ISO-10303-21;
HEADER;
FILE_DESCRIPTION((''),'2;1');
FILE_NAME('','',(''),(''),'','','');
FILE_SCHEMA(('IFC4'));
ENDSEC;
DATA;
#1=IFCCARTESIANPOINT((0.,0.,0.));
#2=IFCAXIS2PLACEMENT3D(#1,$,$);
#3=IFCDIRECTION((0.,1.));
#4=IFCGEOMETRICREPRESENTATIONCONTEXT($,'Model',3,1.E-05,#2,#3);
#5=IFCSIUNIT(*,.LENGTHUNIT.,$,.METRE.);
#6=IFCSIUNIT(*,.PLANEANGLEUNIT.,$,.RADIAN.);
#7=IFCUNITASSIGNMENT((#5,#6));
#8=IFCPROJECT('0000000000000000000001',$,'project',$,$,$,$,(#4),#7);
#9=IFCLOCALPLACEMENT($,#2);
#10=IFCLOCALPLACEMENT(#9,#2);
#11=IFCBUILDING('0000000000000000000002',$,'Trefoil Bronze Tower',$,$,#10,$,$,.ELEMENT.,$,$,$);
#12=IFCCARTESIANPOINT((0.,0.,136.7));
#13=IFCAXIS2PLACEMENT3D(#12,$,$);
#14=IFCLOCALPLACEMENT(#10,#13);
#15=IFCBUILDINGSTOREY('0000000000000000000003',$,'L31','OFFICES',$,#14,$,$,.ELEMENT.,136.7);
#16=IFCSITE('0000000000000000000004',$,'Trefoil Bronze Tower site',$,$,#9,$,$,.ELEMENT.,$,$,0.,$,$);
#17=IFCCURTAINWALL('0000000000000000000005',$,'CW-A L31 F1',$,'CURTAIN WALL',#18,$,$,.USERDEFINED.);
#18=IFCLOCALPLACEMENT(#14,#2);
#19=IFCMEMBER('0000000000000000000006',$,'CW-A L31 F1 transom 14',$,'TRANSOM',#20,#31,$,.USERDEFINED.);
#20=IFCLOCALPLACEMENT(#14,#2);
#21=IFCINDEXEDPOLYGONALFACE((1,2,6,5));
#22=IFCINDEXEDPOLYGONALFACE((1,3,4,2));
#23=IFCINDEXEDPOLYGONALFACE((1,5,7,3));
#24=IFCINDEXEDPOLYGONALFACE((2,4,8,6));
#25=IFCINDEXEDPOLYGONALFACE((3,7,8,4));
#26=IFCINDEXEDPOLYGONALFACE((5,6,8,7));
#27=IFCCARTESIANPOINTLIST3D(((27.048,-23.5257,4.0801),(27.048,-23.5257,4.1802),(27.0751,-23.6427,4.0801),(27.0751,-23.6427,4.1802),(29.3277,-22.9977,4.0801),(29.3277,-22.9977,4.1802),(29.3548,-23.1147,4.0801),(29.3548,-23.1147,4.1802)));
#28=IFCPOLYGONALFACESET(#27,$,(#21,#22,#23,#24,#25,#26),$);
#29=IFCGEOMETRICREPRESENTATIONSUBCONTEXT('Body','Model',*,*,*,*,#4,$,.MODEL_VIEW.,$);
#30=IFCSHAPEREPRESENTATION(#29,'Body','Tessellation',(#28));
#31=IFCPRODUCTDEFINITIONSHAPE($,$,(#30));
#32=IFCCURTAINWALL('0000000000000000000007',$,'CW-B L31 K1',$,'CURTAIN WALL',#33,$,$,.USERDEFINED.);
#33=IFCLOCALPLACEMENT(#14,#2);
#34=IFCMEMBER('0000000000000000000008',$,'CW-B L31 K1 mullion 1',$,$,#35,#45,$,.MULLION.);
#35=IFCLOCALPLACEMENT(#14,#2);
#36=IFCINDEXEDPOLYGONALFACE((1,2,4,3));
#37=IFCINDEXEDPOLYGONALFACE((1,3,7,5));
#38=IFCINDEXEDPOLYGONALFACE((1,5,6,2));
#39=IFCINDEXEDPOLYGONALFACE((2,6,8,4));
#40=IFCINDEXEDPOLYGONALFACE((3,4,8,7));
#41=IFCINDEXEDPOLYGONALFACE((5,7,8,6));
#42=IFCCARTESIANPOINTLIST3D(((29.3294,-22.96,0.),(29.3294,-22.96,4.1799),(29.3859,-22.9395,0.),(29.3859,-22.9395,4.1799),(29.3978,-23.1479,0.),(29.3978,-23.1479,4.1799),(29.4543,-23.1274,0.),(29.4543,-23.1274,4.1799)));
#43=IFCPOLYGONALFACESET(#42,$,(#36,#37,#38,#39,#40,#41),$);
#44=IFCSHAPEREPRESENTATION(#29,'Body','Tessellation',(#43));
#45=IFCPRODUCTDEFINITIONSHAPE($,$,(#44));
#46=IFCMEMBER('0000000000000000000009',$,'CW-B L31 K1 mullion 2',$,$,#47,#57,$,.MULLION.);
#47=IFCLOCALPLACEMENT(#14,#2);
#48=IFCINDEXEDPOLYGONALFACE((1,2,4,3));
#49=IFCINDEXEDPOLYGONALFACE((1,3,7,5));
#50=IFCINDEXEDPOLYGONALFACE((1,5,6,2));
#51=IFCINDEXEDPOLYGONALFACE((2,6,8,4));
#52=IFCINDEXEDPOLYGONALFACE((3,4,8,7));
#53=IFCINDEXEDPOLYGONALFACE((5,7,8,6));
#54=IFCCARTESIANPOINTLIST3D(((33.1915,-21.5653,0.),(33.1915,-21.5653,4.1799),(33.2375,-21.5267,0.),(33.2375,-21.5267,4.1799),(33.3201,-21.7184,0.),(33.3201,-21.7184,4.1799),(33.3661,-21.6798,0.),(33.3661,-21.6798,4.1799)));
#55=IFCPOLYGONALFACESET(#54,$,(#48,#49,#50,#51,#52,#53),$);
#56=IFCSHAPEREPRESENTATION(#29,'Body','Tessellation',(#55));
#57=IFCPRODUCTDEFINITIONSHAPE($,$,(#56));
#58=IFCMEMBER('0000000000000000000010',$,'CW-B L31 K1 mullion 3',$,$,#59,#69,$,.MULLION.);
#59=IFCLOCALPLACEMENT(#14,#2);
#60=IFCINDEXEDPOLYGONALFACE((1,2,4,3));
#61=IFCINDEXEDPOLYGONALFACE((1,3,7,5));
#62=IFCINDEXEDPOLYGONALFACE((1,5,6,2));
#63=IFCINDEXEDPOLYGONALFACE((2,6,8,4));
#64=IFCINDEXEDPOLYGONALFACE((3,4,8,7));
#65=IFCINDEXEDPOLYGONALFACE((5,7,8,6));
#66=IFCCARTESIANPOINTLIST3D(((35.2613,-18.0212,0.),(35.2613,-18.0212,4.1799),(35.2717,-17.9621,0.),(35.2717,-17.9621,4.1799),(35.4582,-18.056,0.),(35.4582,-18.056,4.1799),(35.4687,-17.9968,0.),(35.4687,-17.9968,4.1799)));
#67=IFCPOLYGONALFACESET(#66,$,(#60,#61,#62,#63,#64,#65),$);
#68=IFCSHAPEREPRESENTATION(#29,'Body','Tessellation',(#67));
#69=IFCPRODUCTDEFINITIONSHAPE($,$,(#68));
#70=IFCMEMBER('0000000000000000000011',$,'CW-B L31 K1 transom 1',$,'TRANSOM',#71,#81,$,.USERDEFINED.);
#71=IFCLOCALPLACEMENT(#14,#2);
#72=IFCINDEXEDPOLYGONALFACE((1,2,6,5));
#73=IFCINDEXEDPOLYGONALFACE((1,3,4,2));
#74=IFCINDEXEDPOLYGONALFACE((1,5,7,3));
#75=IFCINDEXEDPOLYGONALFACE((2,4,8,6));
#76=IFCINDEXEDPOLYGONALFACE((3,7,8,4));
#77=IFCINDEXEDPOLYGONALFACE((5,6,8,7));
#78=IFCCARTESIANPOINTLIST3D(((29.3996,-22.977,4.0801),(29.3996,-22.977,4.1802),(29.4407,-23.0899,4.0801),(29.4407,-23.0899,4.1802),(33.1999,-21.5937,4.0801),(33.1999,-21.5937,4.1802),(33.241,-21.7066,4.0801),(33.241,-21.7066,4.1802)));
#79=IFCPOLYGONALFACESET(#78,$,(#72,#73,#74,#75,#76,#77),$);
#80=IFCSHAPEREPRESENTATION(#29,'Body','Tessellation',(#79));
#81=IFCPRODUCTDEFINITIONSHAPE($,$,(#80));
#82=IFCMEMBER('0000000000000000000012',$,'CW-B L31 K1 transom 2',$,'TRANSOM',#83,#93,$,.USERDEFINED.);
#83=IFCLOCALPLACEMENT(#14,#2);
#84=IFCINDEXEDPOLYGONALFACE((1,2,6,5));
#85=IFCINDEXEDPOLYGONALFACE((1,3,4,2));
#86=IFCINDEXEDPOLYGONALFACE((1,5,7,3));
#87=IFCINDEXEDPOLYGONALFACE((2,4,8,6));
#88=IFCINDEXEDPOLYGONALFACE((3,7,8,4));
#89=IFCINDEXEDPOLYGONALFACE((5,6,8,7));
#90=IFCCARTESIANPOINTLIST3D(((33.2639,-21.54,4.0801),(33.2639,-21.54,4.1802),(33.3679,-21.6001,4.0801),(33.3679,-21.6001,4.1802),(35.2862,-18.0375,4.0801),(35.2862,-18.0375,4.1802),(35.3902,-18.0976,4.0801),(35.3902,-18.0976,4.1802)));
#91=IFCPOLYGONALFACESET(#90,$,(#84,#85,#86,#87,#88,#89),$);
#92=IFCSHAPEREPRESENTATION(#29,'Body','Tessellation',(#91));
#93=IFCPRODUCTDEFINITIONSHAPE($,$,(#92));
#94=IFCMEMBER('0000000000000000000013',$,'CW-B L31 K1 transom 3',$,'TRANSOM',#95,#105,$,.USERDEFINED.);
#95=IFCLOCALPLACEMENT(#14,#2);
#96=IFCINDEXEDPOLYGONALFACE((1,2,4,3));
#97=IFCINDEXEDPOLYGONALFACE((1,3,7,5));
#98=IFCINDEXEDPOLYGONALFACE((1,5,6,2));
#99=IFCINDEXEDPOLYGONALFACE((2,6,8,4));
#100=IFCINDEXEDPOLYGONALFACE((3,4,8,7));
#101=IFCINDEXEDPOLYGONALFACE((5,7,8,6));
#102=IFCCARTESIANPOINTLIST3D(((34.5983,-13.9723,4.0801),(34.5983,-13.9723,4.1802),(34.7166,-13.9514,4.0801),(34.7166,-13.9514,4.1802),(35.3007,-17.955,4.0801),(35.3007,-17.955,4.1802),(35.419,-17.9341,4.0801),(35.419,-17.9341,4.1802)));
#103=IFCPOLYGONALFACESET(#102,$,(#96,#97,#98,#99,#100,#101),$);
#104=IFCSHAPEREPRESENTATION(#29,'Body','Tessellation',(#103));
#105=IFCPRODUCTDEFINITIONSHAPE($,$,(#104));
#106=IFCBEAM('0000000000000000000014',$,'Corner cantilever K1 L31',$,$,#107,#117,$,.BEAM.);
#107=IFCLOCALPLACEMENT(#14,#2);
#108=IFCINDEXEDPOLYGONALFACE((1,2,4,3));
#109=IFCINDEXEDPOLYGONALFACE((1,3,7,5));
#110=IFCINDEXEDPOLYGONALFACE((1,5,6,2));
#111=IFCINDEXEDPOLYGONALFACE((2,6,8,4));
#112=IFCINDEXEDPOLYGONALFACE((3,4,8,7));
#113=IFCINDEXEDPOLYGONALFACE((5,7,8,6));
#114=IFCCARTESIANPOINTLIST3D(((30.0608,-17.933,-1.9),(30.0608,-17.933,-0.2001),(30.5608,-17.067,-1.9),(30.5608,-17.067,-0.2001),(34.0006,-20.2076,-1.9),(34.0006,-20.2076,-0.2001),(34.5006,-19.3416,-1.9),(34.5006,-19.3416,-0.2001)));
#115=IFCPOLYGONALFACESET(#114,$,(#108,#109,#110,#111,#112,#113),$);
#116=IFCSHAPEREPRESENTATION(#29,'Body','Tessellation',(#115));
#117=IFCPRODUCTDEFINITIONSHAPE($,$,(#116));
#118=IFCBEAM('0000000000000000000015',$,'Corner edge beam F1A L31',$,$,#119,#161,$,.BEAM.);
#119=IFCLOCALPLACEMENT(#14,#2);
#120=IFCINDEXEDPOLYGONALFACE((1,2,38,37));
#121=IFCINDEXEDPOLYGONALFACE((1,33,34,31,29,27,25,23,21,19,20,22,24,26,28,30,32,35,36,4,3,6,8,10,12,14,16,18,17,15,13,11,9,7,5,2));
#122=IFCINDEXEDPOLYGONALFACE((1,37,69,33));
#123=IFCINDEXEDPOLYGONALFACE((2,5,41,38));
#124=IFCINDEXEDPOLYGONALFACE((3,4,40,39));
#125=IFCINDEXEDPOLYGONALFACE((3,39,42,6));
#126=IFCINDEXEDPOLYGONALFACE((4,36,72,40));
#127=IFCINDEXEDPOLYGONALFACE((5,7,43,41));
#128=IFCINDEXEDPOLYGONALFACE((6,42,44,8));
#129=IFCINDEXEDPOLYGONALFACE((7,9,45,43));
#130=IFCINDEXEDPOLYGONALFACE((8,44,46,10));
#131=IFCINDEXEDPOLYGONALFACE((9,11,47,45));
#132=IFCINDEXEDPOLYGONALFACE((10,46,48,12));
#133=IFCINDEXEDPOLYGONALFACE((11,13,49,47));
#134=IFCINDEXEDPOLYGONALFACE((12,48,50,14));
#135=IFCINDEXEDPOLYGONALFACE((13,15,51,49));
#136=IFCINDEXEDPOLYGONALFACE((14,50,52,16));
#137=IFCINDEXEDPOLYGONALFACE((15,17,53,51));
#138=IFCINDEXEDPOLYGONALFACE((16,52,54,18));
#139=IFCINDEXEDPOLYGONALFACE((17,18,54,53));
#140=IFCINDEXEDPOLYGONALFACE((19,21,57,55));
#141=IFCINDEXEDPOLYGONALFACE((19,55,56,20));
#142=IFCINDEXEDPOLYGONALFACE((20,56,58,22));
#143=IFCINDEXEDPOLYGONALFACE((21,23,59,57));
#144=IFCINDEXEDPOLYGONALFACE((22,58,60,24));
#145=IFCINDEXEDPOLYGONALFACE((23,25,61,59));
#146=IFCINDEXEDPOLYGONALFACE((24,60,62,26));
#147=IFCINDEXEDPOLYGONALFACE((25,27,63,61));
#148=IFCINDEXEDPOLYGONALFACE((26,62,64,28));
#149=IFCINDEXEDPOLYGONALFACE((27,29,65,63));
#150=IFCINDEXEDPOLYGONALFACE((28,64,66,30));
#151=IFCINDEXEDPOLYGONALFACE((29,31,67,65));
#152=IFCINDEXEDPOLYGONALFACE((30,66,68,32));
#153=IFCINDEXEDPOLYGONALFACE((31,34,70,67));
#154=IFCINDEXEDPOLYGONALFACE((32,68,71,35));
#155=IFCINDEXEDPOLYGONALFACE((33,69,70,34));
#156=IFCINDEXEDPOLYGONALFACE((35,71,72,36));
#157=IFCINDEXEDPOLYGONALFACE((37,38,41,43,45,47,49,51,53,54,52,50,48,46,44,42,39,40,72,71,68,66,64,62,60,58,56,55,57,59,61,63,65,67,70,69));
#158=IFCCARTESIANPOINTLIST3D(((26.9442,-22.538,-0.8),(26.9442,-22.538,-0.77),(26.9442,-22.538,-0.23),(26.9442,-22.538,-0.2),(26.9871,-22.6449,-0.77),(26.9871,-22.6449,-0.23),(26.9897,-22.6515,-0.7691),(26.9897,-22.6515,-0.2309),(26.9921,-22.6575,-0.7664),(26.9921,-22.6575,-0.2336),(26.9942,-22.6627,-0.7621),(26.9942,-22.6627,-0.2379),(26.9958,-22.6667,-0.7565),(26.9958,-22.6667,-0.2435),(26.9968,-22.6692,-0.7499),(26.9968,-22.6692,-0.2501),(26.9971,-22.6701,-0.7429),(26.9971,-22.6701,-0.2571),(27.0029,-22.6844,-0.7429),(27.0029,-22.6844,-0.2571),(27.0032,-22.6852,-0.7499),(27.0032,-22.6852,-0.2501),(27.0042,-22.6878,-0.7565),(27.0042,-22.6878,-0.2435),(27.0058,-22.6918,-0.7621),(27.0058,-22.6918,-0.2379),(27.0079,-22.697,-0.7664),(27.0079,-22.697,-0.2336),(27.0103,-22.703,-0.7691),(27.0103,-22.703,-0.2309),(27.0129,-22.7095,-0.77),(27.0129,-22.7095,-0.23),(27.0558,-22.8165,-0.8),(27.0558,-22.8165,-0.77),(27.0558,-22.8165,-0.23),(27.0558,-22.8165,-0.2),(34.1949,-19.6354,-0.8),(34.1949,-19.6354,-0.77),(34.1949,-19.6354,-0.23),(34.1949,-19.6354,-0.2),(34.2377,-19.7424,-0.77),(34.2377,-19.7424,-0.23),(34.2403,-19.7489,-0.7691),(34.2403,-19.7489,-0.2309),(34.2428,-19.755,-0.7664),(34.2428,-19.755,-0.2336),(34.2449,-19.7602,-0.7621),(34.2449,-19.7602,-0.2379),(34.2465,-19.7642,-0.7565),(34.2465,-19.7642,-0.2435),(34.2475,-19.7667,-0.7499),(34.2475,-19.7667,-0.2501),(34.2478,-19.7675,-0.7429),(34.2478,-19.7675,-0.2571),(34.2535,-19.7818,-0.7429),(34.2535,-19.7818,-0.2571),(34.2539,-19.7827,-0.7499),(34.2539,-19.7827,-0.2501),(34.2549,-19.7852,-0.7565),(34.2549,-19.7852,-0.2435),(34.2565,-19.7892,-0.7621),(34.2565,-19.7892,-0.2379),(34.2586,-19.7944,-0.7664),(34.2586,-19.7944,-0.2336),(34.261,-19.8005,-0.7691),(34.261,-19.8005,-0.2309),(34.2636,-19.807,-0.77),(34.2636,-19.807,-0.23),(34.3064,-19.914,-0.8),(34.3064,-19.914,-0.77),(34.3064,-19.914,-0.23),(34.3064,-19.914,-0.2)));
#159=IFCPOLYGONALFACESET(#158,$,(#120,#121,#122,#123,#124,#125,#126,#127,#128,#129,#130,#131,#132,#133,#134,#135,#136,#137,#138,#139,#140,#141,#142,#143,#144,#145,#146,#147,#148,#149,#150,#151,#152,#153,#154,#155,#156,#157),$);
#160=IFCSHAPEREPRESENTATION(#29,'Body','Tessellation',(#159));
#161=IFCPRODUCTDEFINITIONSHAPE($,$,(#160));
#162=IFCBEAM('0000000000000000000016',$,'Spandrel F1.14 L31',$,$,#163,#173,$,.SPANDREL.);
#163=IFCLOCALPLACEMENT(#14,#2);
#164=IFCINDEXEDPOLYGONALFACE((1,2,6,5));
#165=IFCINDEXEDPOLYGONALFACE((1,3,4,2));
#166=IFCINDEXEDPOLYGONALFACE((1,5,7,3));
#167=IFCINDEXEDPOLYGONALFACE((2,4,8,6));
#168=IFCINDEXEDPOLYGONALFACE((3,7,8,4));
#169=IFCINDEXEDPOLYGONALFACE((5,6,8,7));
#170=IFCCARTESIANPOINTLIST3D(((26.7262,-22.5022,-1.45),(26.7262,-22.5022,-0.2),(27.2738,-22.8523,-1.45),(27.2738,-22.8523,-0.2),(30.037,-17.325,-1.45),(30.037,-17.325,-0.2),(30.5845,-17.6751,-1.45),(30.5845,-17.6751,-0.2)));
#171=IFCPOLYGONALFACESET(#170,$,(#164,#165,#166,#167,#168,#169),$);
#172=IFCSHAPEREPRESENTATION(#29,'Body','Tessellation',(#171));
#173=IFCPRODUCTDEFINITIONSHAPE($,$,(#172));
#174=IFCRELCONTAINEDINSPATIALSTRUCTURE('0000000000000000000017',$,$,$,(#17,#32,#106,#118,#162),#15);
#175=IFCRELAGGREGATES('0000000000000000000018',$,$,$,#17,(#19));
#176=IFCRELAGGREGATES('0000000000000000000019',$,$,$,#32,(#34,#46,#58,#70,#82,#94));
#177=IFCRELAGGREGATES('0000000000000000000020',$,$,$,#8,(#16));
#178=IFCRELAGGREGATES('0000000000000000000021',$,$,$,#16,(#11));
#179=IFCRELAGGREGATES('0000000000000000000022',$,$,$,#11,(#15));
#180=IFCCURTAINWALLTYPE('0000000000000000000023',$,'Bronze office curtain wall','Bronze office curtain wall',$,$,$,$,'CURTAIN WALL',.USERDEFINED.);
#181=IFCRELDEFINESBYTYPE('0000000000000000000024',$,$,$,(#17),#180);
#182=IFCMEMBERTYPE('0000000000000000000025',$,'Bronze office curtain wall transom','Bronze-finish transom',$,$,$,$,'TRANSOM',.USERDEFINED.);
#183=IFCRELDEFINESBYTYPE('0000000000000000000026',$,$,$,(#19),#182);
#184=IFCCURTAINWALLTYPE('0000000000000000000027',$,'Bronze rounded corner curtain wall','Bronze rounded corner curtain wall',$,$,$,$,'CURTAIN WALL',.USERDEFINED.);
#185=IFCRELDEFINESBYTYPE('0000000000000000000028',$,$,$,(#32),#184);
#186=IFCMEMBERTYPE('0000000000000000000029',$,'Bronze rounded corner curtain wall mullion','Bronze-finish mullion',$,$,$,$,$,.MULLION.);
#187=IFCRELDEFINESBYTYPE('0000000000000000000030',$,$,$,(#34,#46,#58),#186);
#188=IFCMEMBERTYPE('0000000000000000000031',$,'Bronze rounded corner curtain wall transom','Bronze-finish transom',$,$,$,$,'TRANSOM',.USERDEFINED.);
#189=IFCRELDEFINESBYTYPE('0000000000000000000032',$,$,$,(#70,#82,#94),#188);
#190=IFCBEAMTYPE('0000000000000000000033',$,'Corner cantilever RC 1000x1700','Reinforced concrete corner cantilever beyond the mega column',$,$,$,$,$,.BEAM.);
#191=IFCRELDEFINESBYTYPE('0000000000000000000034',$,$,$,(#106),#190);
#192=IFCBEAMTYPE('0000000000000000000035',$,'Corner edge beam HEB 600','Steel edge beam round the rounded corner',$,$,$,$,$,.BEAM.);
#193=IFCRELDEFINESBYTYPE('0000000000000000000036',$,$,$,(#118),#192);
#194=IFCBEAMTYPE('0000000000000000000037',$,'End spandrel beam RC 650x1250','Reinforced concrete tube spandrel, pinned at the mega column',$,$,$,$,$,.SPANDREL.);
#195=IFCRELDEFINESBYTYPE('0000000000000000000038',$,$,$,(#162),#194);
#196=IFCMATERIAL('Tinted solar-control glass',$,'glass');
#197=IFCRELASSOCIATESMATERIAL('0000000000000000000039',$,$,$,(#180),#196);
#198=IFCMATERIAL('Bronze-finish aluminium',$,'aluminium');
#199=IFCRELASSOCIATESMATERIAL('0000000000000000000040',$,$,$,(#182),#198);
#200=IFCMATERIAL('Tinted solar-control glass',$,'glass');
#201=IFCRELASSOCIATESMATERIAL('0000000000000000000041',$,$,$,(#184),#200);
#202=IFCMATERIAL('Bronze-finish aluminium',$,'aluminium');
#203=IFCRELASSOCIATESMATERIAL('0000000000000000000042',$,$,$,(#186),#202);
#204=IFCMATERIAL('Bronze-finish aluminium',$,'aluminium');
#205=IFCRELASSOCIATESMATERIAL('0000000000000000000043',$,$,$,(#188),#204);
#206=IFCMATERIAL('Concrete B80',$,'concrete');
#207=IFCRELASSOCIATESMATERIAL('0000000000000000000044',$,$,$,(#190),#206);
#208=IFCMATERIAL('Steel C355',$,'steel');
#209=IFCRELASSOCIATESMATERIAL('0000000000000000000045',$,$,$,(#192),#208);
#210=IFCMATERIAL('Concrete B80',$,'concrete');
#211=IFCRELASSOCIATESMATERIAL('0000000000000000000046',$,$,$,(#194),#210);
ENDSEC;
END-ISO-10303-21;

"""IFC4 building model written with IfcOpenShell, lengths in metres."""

from ifc_helpers import new_model, si_unit, direction, frame, origin, origin_2d, place, context, subcontext, project, spatial, rectangle, i_section, extrude, material, material_profile, profile_set, type_object, element, aggregate, save


model = new_model("IFC4")

# Units and contexts
model_context = context("Model", 3, precision=1e-05, world=origin(), true_north=direction((0.0, 1.0)))
body_context = subcontext(model_context, "Body", "Model", "MODEL_VIEW")
ifc_project = project(units=[si_unit("LENGTHUNIT", "METRE"), si_unit("PLANEANGLEUNIT", "RADIAN")], contexts=[model_context])

# Site, building, storey
site_placement = place(None, origin())
site = spatial("IfcSite", under=ifc_project, at=site_placement, Name="Trefoil Bronze Tower site", CompositionType="ELEMENT", RefElevation=0.0)
building_placement = place(site_placement, origin())
building = spatial("IfcBuilding", under=site, at=building_placement, Name="Trefoil Bronze Tower", CompositionType="ELEMENT")
storey_placement = place(building_placement, frame((0.0, 0.0, 136.7)))
storey = spatial("IfcBuildingStorey", under=building, at=storey_placement, Name="L31", Description="OFFICES", CompositionType="ELEMENT", Elevation=136.7)

# Curtain walls, members
ifc_material_1 = material(Name="Tinted solar-control glass", Category="glass")
curtain_wall_type_1 = type_object("IfcCurtainWallType", Name="Bronze office curtain wall", Description="Bronze office curtain wall", ElementType="CURTAIN WALL", PredefinedType="USERDEFINED", material=ifc_material_1)
curtain_wall_1_placement = place(storey_placement, origin())
curtain_wall_1 = element("IfcCurtainWall", 1, at=curtain_wall_1_placement, inside=storey, type_object=curtain_wall_type_1, Name="CW-A L31 F1", ObjectType="CURTAIN WALL", PredefinedType="USERDEFINED")
ifc_material_2 = material(Name="Bronze-finish aluminium", Category="aluminium")
ifc_material_profile_1 = material_profile(ifc_material_2, rectangle(XDim=0.1201, YDim=0.1001, at=origin_2d()), Name="CW-A transom")
ifc_profile_set_1 = profile_set([ifc_material_profile_1], Name="Bronze-finish aluminium")
member_type_1 = type_object("IfcMemberType", Name="Bronze office curtain wall transom", Description="Bronze-finish transom", ElementType="TRANSOM", PredefinedType="USERDEFINED", material=ifc_profile_set_1)
member_1_placement = place(storey_placement, frame((27.0615, -23.5842, 4.1301), z_axis=(0.974206, 0.225659, 0.0), x_axis=(-0.225659, 0.974206, 0.0)))
member_1 = element("IfcMember", 2, at=member_1_placement, type_object=member_type_1, Name="CW-A L31 F1 transom 14", ObjectType="TRANSOM", PredefinedType="USERDEFINED", context=body_context, shape_type="SweptSolid", body=[
    extrude(rectangle(XDim=0.1201, YDim=0.1001, at=origin_2d()), origin(), (0.0, 0.0, 1.0), 2.3401),
])
ifc_material_3 = material(Name="Tinted solar-control glass", Category="glass")
curtain_wall_type_2 = type_object("IfcCurtainWallType", Name="Bronze rounded corner curtain wall", Description="Bronze rounded corner curtain wall", ElementType="CURTAIN WALL", PredefinedType="USERDEFINED", material=ifc_material_3)
curtain_wall_2_placement = place(storey_placement, origin())
curtain_wall_2 = element("IfcCurtainWall", 3, at=curtain_wall_2_placement, inside=storey, type_object=curtain_wall_type_2, Name="CW-B L31 K1", ObjectType="CURTAIN WALL", PredefinedType="USERDEFINED")
ifc_material_4 = material(Name="Bronze-finish aluminium", Category="aluminium")
ifc_material_profile_2 = material_profile(ifc_material_4, rectangle(XDim=0.2, YDim=0.0601, at=origin_2d()), Name="CW-B mullion")
ifc_profile_set_2 = profile_set([ifc_material_profile_2], Name="Bronze-finish aluminium")
member_type_2 = type_object("IfcMemberType", Name="Bronze rounded corner curtain wall mullion", Description="Bronze-finish mullion", PredefinedType="MULLION", material=ifc_profile_set_2)
member_2_placement = place(storey_placement, frame((29.3918, -23.0437, 0.0), z_axis=(0.0, 0.0, 1.0), x_axis=(-0.34202, 0.939693, 0.0)))
member_2 = element("IfcMember", 4, at=member_2_placement, type_object=member_type_2, Name="CW-B L31 K1 mullion 1", PredefinedType="MULLION", context=body_context, shape_type="SweptSolid", body=[
    extrude(rectangle(XDim=0.2, YDim=0.0601, at=origin_2d()), origin(), (0.0, 0.0, 1.0), 4.1799),
])
member_3_placement = place(storey_placement, frame((33.2788, -21.6226, 0.0), z_axis=(0.0, 0.0, 1.0), x_axis=(-0.642788, 0.766044, 0.0)))
member_3 = element("IfcMember", 5, at=member_3_placement, type_object=member_type_2, Name="CW-B L31 K1 mullion 2", PredefinedType="MULLION", context=body_context, shape_type="SweptSolid", body=[
    extrude(rectangle(XDim=0.2, YDim=0.0601, at=origin_2d()), origin(), (0.0, 0.0, 1.0), 4.1799),
])
member_4_placement = place(storey_placement, frame((35.365, -18.009, 0.0), z_axis=(0.0, 0.0, 1.0), x_axis=(-0.984808, 0.173648, 0.0)))
member_4 = element("IfcMember", 6, at=member_4_placement, type_object=member_type_2, Name="CW-B L31 K1 mullion 3", PredefinedType="MULLION", context=body_context, shape_type="SweptSolid", body=[
    extrude(rectangle(XDim=0.2, YDim=0.0601, at=origin_2d()), origin(), (0.0, 0.0, 1.0), 4.1799),
])
ifc_material_5 = material(Name="Bronze-finish aluminium", Category="aluminium")
ifc_material_profile_3 = material_profile(ifc_material_5, rectangle(XDim=0.1201, YDim=0.1001, at=origin_2d()), Name="CW-B transom")
ifc_profile_set_3 = profile_set([ifc_material_profile_3], Name="Bronze-finish aluminium")
member_type_3 = type_object("IfcMemberType", Name="Bronze rounded corner curtain wall transom", Description="Bronze-finish transom", ElementType="TRANSOM", PredefinedType="USERDEFINED", material=ifc_profile_set_3)
member_5_placement = place(storey_placement, frame((29.4202, -23.0334, 4.1301), z_axis=(0.939684, 0.342044, 0.0), x_axis=(-0.342044, 0.939684, 0.0)))
member_5 = element("IfcMember", 7, at=member_5_placement, type_object=member_type_3, Name="CW-B L31 K1 transom 1", ObjectType="TRANSOM", PredefinedType="USERDEFINED", context=body_context, shape_type="SweptSolid", body=[
    extrude(rectangle(XDim=0.1201, YDim=0.1001, at=origin_2d()), origin(), (0.0, 0.0, 1.0), 4.0442),
])
member_6_placement = place(storey_placement, frame((33.3159, -21.5701, 4.1301), z_axis=(0.500015, 0.866017, 0.0), x_axis=(-0.866017, 0.500015, 0.0)))
member_6 = element("IfcMember", 8, at=member_6_placement, type_object=member_type_3, Name="CW-B L31 K1 transom 2", ObjectType="TRANSOM", PredefinedType="USERDEFINED", context=body_context, shape_type="SweptSolid", body=[
    extrude(rectangle(XDim=0.1201, YDim=0.1001, at=origin_2d()), origin(), (0.0, 0.0, 1.0), 4.0444),
])
member_7_placement = place(storey_placement, frame((35.3599, -17.9446, 4.1301), z_axis=(-0.173682, 0.984802, 0.0), x_axis=(-0.984802, -0.173682, 0.0)))
member_7 = element("IfcMember", 9, at=member_7_placement, type_object=member_type_3, Name="CW-B L31 K1 transom 3", ObjectType="TRANSOM", PredefinedType="USERDEFINED", context=body_context, shape_type="SweptSolid", body=[
    extrude(rectangle(XDim=0.1201, YDim=0.1001, at=origin_2d()), origin(), (0.0, 0.0, 1.0), 4.0442),
])

# Beams
ifc_material_6 = material(Name="Concrete B80", Category="concrete")
ifc_material_profile_4 = material_profile(ifc_material_6, rectangle(XDim=1.0, YDim=1.7, at=origin_2d()), Name="RC 1000x1700")
ifc_profile_set_4 = profile_set([ifc_material_profile_4], Name="Concrete B80")
beam_type_1 = type_object("IfcBeamType", Name="Corner cantilever RC 1000x1700", Description="Reinforced concrete corner cantilever beyond the mega column", PredefinedType="BEAM", material=ifc_profile_set_4)
beam_1_placement = place(storey_placement, frame((30.3108, -17.5, -1.05), z_axis=(0.866032, -0.499989, 0.0), x_axis=(0.499989, 0.866032, 0.0)))
element("IfcBeam", 10, at=beam_1_placement, inside=storey, type_object=beam_type_1, Name="Corner cantilever K1 L31", PredefinedType="BEAM", context=body_context, shape_type="SweptSolid", body=[
    extrude(rectangle(XDim=1.0, YDim=1.7, at=origin_2d()), origin(), (0.0, 0.0, 1.0), 4.5493),
])
ifc_material_7 = material(Name="Steel C355", Category="steel")
ifc_material_profile_5 = material_profile(ifc_material_7, i_section(OverallWidth=0.3, OverallDepth=0.6001, WebThickness=0.0154, FlangeThickness=0.03, FilletRadius=0.0271, at=origin_2d()), Name="HEB 600")
ifc_profile_set_5 = profile_set([ifc_material_profile_5], Name="Steel C355")
beam_type_2 = type_object("IfcBeamType", Name="Corner edge beam HEB 600", Description="Steel edge beam round the rounded corner", PredefinedType="BEAM", material=ifc_profile_set_5)
beam_2_placement = place(storey_placement, frame((27.0, -22.6772, -0.5), z_axis=(0.928375, 0.371644, 0.0), x_axis=(-0.371644, 0.928375, 0.0)))
element("IfcBeam", 11, at=beam_2_placement, inside=storey, type_object=beam_type_2, Name="Corner edge beam F1A L31", PredefinedType="BEAM", context=body_context, shape_type="SweptSolid", body=[
    extrude(i_section(OverallWidth=0.3, OverallDepth=0.6001, WebThickness=0.0154, FlangeThickness=0.03, FilletRadius=0.0271, at=origin_2d()), origin(), (0.0, 0.0, 1.0), 7.8101),
])
ifc_material_8 = material(Name="Concrete B80", Category="concrete")
ifc_material_profile_6 = material_profile(ifc_material_8, rectangle(XDim=0.6499, YDim=1.25, at=origin_2d()), Name="RC 650x1250")
ifc_profile_set_6 = profile_set([ifc_material_profile_6], Name="Concrete B80")
beam_type_3 = type_object("IfcBeamType", Name="End spandrel beam RC 650x1250", Description="Reinforced concrete tube spandrel, pinned at the mega column", PredefinedType="SPANDREL", material=ifc_profile_set_6)
beam_3_placement = place(storey_placement, frame((27.0, -22.6772, -0.825), z_axis=(0.538748, 0.842467, 0.0), x_axis=(-0.842467, 0.538748, 0.0)))
element("IfcBeam", 12, at=beam_3_placement, inside=storey, type_object=beam_type_3, Name="Spandrel F1.14 L31", PredefinedType="SPANDREL", context=body_context, shape_type="SweptSolid", body=[
    extrude(rectangle(XDim=0.6499, YDim=1.25, at=origin_2d()), origin(), (0.0, 0.0, 1.0), 6.1453),
])

aggregate(curtain_wall_1, [member_1])
aggregate(curtain_wall_2, [member_2, member_3, member_4, member_5, member_6, member_7])

save(model, "model.ifc")
